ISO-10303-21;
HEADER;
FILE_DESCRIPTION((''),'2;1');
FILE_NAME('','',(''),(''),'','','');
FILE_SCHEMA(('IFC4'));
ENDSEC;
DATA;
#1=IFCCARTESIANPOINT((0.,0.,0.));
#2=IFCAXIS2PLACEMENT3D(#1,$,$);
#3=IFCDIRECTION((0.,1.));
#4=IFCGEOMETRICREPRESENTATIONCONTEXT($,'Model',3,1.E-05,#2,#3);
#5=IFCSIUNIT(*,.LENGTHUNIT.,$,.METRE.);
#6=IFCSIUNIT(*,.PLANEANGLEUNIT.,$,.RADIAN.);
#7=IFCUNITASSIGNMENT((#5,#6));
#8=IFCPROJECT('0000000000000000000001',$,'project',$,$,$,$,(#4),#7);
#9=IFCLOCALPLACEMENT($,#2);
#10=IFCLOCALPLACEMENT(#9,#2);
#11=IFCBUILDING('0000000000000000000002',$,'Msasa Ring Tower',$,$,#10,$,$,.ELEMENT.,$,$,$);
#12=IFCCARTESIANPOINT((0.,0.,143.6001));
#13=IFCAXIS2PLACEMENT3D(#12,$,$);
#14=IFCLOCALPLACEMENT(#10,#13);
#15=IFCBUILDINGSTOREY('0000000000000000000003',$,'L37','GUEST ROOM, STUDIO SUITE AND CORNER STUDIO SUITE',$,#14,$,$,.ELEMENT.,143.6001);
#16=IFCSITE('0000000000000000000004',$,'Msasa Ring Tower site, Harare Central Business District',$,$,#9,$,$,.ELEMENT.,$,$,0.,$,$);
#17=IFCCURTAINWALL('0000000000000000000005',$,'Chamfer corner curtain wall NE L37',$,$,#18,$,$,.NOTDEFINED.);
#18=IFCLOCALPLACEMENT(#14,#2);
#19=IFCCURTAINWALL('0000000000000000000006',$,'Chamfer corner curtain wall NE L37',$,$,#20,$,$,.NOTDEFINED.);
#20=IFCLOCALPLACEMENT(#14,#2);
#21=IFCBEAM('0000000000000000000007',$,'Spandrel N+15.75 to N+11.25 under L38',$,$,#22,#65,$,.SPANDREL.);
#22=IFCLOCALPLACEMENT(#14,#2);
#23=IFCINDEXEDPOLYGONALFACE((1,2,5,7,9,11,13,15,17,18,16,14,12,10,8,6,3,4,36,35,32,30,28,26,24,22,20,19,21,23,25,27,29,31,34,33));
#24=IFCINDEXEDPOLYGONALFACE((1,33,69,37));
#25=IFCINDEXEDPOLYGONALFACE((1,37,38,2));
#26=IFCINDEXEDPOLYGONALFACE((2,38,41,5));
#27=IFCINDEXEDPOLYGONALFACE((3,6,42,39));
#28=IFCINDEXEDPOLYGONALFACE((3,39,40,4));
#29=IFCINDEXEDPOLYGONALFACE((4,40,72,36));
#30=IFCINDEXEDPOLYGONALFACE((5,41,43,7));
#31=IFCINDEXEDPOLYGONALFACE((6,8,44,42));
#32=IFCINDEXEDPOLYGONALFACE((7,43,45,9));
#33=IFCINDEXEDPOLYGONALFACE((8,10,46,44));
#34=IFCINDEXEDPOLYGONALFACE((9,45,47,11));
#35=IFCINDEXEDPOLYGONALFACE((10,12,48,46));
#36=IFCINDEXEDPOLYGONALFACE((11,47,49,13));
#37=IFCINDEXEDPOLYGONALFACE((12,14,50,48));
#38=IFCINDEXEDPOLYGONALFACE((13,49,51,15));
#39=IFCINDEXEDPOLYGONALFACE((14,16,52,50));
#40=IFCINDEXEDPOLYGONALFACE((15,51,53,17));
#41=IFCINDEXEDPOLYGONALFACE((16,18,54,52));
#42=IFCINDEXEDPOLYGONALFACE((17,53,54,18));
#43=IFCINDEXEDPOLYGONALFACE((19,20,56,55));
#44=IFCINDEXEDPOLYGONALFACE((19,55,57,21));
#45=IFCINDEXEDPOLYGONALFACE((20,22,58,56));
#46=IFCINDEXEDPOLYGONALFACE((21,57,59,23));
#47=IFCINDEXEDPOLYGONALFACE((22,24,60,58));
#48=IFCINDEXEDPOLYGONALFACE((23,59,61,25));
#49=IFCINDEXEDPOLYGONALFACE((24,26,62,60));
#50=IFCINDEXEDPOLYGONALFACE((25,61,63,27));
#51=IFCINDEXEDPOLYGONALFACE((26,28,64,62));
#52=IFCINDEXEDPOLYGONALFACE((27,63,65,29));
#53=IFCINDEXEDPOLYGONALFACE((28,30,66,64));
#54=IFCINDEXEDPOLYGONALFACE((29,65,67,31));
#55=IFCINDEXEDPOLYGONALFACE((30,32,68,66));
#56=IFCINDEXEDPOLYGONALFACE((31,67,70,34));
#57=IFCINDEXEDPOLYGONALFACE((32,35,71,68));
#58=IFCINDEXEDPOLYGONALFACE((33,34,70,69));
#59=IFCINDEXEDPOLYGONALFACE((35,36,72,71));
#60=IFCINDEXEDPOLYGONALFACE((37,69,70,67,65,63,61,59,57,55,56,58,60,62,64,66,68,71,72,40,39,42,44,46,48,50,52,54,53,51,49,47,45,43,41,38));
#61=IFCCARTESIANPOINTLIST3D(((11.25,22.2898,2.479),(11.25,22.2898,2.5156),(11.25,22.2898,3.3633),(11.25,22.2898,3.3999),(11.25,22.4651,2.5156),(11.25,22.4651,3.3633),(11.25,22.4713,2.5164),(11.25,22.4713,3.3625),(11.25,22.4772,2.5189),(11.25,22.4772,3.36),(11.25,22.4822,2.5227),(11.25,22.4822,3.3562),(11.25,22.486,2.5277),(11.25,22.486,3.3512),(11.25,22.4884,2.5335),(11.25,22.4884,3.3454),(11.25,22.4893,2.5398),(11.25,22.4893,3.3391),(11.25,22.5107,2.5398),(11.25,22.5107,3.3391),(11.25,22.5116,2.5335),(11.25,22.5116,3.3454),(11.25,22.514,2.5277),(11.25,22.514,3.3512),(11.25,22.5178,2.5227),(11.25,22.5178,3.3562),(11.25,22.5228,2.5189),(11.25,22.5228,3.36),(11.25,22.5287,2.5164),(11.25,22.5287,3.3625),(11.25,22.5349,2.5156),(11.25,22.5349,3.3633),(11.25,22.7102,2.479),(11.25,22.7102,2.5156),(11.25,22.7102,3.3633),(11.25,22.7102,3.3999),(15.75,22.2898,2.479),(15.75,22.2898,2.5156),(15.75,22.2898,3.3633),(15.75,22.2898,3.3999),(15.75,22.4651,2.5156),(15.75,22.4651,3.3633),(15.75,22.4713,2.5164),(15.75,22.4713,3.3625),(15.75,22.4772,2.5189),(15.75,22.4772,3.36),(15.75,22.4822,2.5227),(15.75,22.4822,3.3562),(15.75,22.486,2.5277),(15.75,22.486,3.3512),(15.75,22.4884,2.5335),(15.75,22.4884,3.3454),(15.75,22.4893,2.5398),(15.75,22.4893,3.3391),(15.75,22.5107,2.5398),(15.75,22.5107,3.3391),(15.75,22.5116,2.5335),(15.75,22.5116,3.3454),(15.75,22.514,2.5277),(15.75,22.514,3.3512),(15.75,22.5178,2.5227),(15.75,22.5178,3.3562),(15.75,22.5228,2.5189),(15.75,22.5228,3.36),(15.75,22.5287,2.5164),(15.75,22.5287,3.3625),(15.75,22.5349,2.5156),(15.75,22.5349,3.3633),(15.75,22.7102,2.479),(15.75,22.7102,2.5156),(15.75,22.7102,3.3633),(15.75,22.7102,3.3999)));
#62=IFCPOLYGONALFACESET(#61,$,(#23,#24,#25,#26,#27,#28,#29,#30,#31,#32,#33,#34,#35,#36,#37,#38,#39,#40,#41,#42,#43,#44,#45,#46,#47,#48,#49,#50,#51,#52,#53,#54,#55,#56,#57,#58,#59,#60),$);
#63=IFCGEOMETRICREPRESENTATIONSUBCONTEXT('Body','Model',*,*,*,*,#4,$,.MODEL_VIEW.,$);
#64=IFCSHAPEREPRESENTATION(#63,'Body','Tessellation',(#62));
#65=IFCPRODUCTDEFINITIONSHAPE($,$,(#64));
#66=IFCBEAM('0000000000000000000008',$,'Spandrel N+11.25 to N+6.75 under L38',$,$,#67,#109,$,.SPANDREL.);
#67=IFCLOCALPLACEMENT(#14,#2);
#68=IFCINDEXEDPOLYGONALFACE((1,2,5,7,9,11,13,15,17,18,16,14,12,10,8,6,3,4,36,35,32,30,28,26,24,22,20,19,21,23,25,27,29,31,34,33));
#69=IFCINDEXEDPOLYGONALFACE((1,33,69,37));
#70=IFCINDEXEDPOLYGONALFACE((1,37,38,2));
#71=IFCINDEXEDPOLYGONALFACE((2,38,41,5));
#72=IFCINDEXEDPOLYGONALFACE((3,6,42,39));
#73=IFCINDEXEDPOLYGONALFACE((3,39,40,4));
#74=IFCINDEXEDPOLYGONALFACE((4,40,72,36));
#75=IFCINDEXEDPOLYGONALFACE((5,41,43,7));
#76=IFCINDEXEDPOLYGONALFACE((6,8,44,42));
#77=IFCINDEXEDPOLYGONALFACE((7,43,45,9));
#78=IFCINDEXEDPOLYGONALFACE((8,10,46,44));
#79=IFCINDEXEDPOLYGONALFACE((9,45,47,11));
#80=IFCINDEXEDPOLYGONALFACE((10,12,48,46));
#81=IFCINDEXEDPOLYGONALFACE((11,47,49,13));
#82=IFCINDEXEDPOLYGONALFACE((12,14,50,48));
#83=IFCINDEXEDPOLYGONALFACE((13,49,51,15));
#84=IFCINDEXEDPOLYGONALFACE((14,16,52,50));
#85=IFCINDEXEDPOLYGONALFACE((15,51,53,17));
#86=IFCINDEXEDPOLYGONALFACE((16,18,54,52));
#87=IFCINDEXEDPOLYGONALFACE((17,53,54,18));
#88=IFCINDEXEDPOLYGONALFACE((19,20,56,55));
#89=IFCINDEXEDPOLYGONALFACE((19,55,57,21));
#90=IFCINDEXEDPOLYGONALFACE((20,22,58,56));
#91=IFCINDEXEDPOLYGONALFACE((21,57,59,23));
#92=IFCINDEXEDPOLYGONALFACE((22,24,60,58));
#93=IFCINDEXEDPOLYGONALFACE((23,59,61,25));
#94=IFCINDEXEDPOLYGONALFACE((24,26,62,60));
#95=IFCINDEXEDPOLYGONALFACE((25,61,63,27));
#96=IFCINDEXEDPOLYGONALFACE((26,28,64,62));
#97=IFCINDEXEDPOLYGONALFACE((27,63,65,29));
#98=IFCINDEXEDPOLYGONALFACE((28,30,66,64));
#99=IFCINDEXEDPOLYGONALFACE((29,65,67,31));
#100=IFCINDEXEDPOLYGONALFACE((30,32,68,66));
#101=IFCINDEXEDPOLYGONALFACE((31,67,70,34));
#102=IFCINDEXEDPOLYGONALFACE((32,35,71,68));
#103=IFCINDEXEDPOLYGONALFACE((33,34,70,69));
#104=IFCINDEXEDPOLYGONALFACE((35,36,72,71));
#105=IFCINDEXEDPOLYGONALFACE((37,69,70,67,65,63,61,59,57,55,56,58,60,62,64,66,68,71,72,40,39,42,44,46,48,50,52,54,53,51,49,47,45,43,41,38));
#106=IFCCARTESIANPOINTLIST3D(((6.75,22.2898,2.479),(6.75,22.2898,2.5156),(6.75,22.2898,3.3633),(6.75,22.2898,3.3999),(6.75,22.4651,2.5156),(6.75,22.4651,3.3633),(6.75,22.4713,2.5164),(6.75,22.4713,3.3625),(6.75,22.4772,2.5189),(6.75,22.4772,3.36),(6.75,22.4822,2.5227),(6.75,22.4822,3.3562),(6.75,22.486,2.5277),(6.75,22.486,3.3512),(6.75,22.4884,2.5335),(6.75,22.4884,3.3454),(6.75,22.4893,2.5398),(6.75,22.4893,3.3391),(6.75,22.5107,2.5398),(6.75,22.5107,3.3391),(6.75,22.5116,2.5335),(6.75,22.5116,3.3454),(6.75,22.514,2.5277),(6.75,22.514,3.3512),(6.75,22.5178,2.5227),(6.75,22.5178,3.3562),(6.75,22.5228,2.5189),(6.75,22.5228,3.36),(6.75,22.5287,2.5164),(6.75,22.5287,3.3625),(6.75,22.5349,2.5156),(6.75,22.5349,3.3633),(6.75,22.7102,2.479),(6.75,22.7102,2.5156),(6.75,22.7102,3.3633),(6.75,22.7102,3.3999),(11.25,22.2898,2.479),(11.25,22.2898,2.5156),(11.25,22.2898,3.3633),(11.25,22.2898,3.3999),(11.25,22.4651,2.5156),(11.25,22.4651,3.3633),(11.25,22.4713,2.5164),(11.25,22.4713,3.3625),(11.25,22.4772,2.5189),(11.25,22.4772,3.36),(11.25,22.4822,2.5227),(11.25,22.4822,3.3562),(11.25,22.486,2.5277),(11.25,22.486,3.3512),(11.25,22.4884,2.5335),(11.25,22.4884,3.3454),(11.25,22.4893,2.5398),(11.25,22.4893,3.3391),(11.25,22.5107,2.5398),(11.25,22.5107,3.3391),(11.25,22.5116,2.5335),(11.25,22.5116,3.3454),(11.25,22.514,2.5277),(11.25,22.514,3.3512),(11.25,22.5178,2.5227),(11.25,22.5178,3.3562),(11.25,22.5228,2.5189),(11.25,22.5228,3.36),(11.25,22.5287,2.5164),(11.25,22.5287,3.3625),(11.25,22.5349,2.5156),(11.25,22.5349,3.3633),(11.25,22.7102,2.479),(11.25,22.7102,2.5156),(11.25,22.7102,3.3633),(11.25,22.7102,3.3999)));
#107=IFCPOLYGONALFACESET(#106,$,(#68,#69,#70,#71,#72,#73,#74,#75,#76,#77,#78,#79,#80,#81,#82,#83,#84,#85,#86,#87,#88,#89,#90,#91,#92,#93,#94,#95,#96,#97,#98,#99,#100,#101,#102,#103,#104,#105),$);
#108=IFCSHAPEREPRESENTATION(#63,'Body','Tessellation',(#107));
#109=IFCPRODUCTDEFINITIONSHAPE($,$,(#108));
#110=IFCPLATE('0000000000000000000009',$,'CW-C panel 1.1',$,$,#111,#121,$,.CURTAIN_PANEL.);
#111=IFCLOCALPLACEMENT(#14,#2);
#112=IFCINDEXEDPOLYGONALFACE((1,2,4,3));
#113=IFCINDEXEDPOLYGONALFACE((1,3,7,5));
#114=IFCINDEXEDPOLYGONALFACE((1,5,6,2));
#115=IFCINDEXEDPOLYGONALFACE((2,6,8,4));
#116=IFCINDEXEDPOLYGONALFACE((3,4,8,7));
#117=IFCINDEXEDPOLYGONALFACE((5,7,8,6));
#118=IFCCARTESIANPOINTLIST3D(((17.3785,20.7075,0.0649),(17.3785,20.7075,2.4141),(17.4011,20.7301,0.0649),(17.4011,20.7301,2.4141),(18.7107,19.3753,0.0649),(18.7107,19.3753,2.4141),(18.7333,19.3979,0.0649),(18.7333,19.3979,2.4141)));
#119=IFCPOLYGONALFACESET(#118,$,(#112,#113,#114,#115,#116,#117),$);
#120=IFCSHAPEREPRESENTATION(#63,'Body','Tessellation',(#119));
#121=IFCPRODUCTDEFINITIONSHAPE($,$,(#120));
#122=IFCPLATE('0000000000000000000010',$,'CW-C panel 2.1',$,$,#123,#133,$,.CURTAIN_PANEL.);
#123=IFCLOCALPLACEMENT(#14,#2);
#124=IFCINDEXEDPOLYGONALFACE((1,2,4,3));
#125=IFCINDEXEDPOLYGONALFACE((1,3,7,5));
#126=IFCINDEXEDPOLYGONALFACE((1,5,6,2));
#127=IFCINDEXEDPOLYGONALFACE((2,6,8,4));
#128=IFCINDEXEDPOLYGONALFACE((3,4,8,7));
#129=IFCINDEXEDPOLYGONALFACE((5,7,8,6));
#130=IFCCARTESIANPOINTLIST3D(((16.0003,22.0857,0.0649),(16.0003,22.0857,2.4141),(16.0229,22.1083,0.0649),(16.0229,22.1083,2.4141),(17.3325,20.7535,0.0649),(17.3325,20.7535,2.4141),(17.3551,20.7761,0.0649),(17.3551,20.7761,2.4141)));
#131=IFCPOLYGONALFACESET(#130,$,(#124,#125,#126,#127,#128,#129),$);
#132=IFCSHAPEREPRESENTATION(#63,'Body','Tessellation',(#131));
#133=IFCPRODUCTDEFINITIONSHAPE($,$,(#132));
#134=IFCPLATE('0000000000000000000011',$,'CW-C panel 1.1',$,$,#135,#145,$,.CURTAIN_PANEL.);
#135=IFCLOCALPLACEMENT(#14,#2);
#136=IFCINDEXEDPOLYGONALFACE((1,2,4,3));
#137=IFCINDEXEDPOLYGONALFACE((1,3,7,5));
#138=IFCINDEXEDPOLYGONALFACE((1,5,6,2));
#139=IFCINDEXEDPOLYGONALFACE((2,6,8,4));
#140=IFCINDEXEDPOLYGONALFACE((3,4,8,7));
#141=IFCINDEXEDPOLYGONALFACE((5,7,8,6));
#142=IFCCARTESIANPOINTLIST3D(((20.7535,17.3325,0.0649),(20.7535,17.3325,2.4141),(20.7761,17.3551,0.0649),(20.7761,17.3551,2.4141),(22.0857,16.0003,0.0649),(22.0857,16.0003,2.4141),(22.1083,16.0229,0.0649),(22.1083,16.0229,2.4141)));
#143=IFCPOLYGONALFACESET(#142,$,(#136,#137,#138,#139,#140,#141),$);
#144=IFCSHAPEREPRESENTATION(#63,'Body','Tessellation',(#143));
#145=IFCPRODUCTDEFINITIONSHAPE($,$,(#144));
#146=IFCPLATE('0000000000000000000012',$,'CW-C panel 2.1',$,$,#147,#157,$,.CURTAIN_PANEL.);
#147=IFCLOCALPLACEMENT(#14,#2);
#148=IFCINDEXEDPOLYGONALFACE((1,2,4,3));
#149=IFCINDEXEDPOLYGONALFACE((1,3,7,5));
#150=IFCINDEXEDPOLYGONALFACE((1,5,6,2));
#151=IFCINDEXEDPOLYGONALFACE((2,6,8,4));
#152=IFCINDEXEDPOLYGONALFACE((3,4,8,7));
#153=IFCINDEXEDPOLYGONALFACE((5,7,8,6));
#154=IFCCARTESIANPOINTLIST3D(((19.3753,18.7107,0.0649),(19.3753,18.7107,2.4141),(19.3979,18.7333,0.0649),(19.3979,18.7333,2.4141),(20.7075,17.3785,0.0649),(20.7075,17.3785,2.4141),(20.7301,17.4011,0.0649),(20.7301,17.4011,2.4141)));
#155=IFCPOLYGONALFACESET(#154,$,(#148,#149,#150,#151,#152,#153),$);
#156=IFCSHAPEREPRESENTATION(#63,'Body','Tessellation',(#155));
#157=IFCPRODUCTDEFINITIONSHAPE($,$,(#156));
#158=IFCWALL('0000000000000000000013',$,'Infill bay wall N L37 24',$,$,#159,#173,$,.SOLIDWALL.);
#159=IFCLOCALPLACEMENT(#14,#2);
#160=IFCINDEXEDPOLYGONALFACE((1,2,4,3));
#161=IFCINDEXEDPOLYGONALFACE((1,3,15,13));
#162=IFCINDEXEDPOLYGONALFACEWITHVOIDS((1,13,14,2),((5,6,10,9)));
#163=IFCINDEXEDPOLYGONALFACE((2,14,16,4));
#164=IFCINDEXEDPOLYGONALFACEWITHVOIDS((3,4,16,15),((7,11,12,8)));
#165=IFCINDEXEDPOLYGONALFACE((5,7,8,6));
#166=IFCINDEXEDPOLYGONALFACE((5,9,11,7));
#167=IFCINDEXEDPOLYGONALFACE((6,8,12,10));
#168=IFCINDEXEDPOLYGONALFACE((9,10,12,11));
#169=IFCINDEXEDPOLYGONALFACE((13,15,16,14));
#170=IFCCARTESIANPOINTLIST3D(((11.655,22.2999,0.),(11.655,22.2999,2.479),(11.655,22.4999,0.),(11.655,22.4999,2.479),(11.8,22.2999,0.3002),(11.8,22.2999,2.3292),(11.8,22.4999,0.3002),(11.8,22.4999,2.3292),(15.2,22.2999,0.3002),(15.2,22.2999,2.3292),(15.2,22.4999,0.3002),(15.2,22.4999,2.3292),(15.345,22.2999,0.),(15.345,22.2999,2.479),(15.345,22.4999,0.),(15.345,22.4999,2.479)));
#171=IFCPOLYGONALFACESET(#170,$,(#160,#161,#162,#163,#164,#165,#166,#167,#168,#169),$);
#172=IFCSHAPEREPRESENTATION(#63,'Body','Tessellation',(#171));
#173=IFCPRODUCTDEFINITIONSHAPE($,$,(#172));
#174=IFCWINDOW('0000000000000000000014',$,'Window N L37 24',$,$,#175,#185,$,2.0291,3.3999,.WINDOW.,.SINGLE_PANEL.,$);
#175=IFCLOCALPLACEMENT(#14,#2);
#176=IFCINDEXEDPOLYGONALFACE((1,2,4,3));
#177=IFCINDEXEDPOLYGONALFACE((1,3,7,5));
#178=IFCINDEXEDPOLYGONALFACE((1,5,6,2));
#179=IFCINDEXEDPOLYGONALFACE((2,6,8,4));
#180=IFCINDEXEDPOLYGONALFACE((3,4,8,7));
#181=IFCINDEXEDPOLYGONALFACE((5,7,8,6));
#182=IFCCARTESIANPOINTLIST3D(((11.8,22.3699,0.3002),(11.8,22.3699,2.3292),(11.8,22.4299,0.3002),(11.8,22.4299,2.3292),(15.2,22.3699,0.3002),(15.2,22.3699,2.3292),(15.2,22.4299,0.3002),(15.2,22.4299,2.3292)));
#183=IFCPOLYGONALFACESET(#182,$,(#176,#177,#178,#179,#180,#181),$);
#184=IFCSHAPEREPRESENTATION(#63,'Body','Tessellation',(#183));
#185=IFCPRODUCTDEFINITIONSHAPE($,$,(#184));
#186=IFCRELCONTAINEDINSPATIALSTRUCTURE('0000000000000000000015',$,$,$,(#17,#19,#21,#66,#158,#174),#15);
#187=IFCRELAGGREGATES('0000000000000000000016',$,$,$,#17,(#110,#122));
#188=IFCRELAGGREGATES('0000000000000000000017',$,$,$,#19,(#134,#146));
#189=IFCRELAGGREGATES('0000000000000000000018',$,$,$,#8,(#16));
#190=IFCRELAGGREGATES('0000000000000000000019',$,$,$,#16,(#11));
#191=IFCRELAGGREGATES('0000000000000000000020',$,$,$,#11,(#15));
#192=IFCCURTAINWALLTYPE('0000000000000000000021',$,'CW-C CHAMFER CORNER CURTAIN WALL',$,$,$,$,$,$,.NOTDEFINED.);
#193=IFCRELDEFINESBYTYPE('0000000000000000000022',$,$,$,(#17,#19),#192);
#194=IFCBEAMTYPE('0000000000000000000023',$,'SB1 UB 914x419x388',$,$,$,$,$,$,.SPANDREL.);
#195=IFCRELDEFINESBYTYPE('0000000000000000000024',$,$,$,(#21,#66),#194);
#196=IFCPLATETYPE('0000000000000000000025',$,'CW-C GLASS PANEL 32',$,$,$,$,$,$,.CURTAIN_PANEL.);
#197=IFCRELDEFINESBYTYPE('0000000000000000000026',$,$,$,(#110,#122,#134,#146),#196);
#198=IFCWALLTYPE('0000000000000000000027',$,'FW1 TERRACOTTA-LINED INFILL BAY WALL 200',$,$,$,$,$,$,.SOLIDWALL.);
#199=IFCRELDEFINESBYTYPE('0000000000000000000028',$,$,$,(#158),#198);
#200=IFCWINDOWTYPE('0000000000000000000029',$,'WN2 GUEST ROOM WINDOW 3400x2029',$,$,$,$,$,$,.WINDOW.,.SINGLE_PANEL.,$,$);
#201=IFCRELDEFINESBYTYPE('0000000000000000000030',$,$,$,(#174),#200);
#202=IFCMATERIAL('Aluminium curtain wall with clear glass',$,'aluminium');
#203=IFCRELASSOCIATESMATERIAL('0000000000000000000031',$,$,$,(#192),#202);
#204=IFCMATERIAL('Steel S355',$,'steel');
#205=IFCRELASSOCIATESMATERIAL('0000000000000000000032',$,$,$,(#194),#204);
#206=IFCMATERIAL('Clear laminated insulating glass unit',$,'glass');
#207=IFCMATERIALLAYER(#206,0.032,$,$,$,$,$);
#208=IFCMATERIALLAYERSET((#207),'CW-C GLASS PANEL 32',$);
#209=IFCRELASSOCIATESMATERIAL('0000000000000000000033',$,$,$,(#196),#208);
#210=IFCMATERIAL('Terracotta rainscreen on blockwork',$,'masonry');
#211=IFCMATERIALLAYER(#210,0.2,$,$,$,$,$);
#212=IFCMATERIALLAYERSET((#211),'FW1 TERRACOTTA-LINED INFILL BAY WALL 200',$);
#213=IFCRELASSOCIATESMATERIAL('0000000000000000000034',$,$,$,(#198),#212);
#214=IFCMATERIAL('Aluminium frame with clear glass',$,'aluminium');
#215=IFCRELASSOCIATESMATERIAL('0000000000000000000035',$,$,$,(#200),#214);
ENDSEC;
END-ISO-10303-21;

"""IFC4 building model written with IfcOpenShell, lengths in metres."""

from ifc_helpers import new_model, si_unit, direction, frame, frame_2d, origin, origin_2d, place, context, subcontext, project, spatial, rectangle, i_section, extrude, material, layer, layer_set, material_profile, profile_set, type_object, element, fill, aggregate, save


model = new_model("IFC4")

# Units and contexts
model_context = context("Model", 3, precision=1e-05, world=origin(), true_north=direction((0.0, 1.0)))
body_context = subcontext(model_context, "Body", "Model", "MODEL_VIEW")
ifc_project = project(units=[si_unit("LENGTHUNIT", "METRE"), si_unit("PLANEANGLEUNIT", "RADIAN")], contexts=[model_context])

# Site, building, storey
site_placement = place(None, origin())
site = spatial("IfcSite", under=ifc_project, at=site_placement, Name="Msasa Ring Tower site, Harare Central Business District", CompositionType="ELEMENT", RefElevation=0.0)
building_placement = place(site_placement, origin())
building = spatial("IfcBuilding", under=site, at=building_placement, Name="Msasa Ring Tower", CompositionType="ELEMENT")
storey_placement = place(building_placement, frame((0.0, 0.0, 143.6001)))
storey = spatial("IfcBuildingStorey", under=building, at=storey_placement, Name="L37", Description="GUEST ROOM, STUDIO SUITE AND CORNER STUDIO SUITE", CompositionType="ELEMENT", Elevation=143.6001)

# Curtain walls
ifc_material_1 = material(Name="Aluminium curtain wall with clear glass", Category="aluminium")
curtain_wall_type = type_object("IfcCurtainWallType", Name="CW-C CHAMFER CORNER CURTAIN WALL", PredefinedType="NOTDEFINED", material=ifc_material_1)
curtain_wall_1_placement = place(storey_placement, origin())
curtain_wall_1 = element("IfcCurtainWall", 1, at=curtain_wall_1_placement, inside=storey, type_object=curtain_wall_type, Name="Chamfer corner curtain wall NE L37", PredefinedType="NOTDEFINED")
curtain_wall_2_placement = place(storey_placement, origin())
curtain_wall_2 = element("IfcCurtainWall", 2, at=curtain_wall_2_placement, inside=storey, type_object=curtain_wall_type, Name="Chamfer corner curtain wall NE L37", PredefinedType="NOTDEFINED")

# Beams
ifc_material_2 = material(Name="Steel S355", Category="steel")
ifc_material_profile_1 = material_profile(ifc_material_2, i_section(OverallWidth=0.4204, OverallDepth=0.9209, WebThickness=0.0215, FlangeThickness=0.0366, FilletRadius=0.0242, at=origin_2d()), Name="UB 914x419x388")
ifc_profile_set_1 = profile_set([ifc_material_profile_1], Name="Steel S355")
beam_type_1 = type_object("IfcBeamType", Name="SB1 UB 914x419x388", PredefinedType="SPANDREL", material=ifc_profile_set_1)
for number, where, z_axis, x_axis, name in (
    (3, (15.75, 22.5, 2.9395), (-1.0, 0.0, 0.0), (0.0, -1.0, 0.0), "Spandrel N+15.75 to N+11.25 under L38"),
    (4, (11.25, 22.5, 2.9395), (-1.0, 0.0, 0.0), (0.0, -1.0, 0.0), "Spandrel N+11.25 to N+6.75 under L38"),
):
    element("IfcBeam", number, at=place(storey_placement, frame(where, z_axis=z_axis, x_axis=x_axis)), inside=storey, type_object=beam_type_1, Name=name, PredefinedType="SPANDREL", context=body_context, shape_type="SweptSolid", body=[
        extrude(i_section(OverallWidth=0.4204, OverallDepth=0.9209, WebThickness=0.0215, FlangeThickness=0.0366, FilletRadius=0.0242, at=origin_2d()), origin(), (0.0, 0.0, 1.0), 4.5),
    ])

# Plates
ifc_material_3 = material(Name="Clear laminated insulating glass unit", Category="glass")
ifc_layer_1 = layer(ifc_material_3, 0.032)
ifc_layer_set_1 = layer_set([ifc_layer_1], Name="CW-C GLASS PANEL 32")
plate_type = type_object("IfcPlateType", Name="CW-C GLASS PANEL 32", PredefinedType="CURTAIN_PANEL", material=ifc_layer_set_1)
plate_1_placement = place(storey_placement, frame((18.0559, 20.0527, 0.0649), z_axis=(0.0, 0.0, 1.0), x_axis=(-0.707107, 0.707107, 0.0)))
plate_1 = element("IfcPlate", 5, at=plate_1_placement, type_object=plate_type, Name="CW-C panel 1.1", PredefinedType="CURTAIN_PANEL", context=body_context, shape_type="SweptSolid", body=[
    extrude(rectangle(XDim=1.884, YDim=0.032, at=origin_2d()), origin(), (0.0, 0.0, 1.0), 2.3491),
])
plate_2_placement = place(storey_placement, frame((16.6777, 21.4309, 0.0649), z_axis=(0.0, 0.0, 1.0), x_axis=(-0.707107, 0.707107, 0.0)))
plate_2 = element("IfcPlate", 6, at=plate_2_placement, type_object=plate_type, Name="CW-C panel 2.1", PredefinedType="CURTAIN_PANEL", context=body_context, shape_type="SweptSolid", body=[
    extrude(rectangle(XDim=1.884, YDim=0.032, at=origin_2d()), origin(), (0.0, 0.0, 1.0), 2.3491),
])
aggregate(curtain_wall_1, [plate_1, plate_2])
plate_3_placement = place(storey_placement, frame((21.4309, 16.6777, 0.0649), z_axis=(0.0, 0.0, 1.0), x_axis=(-0.707107, 0.707107, 0.0)))
plate_3 = element("IfcPlate", 7, at=plate_3_placement, type_object=plate_type, Name="CW-C panel 1.1", PredefinedType="CURTAIN_PANEL", context=body_context, shape_type="SweptSolid", body=[
    extrude(rectangle(XDim=1.884, YDim=0.032, at=origin_2d()), origin(), (0.0, 0.0, 1.0), 2.3491),
])
plate_4_placement = place(storey_placement, frame((20.0527, 18.0559, 0.0649), z_axis=(0.0, 0.0, 1.0), x_axis=(-0.707107, 0.707107, 0.0)))
plate_4 = element("IfcPlate", 8, at=plate_4_placement, type_object=plate_type, Name="CW-C panel 2.1", PredefinedType="CURTAIN_PANEL", context=body_context, shape_type="SweptSolid", body=[
    extrude(rectangle(XDim=1.884, YDim=0.032, at=origin_2d()), origin(), (0.0, 0.0, 1.0), 2.3491),
])
aggregate(curtain_wall_2, [plate_3, plate_4])

# Wall, opening, window
ifc_material_4 = material(Name="Terracotta rainscreen on blockwork", Category="masonry")
ifc_layer_2 = layer(ifc_material_4, 0.2)
ifc_layer_set_2 = layer_set([ifc_layer_2], Name="FW1 TERRACOTTA-LINED INFILL BAY WALL 200")
wall_type = type_object("IfcWallType", Name="FW1 TERRACOTTA-LINED INFILL BAY WALL 200", PredefinedType="SOLIDWALL", material=ifc_layer_set_2)
wall_placement = place(storey_placement, frame((11.655, 22.3999, 0.0), z_axis=(0.0, 0.0, 1.0), x_axis=(1.0, 0.0, 0.0)))
wall = element("IfcWall", 9, at=wall_placement, inside=storey, type_object=wall_type, Name="Infill bay wall N L37 24", PredefinedType="SOLIDWALL", context=body_context, shape_type="SweptSolid", body=[
    extrude(rectangle(XDim=3.6899, YDim=0.2, at=frame_2d((1.845, 0.0))), origin(), (0.0, 0.0, 1.0), 2.479),
])
opening_placement = place(wall_placement, frame((0.145, 0.0, 0.3)))
opening = element("IfcOpeningElement", 10, at=opening_placement, cuts=wall, PredefinedType="OPENING", context=body_context, shape_type="SweptSolid", body=[
    extrude(rectangle(XDim=3.3999, YDim=2.0291, at=frame_2d((1.7, 1.0146))), frame((0.0, 0.1099, 0.0), z_axis=(0.0, -1.0, 0.0), x_axis=(1.0, 0.0, 0.0)), (0.0, 0.0, 1.0), 0.22),
])
ifc_material_5 = material(Name="Aluminium frame with clear glass", Category="aluminium")
window_type = type_object("IfcWindowType", Name="WN2 GUEST ROOM WINDOW 3400x2029", PartitioningType="SINGLE_PANEL", PredefinedType="WINDOW", material=ifc_material_5)
window_placement = place(opening_placement, origin())
window = element("IfcWindow", 11, at=window_placement, inside=storey, type_object=window_type, Name="Window N L37 24", OverallHeight=2.0291, OverallWidth=3.3999, PartitioningType="SINGLE_PANEL", PredefinedType="WINDOW", context=body_context, shape_type="SweptSolid", body=[
    extrude(rectangle(XDim=3.3999, YDim=2.0291, at=frame_2d((1.7, 1.0146))), frame((0.0, 0.03, 0.0), z_axis=(0.0, -1.0, 0.0), x_axis=(1.0, 0.0, 0.0)), (0.0, 0.0, 1.0), 0.0601),
])
fill(opening, window)

save(model, "model.ifc")
